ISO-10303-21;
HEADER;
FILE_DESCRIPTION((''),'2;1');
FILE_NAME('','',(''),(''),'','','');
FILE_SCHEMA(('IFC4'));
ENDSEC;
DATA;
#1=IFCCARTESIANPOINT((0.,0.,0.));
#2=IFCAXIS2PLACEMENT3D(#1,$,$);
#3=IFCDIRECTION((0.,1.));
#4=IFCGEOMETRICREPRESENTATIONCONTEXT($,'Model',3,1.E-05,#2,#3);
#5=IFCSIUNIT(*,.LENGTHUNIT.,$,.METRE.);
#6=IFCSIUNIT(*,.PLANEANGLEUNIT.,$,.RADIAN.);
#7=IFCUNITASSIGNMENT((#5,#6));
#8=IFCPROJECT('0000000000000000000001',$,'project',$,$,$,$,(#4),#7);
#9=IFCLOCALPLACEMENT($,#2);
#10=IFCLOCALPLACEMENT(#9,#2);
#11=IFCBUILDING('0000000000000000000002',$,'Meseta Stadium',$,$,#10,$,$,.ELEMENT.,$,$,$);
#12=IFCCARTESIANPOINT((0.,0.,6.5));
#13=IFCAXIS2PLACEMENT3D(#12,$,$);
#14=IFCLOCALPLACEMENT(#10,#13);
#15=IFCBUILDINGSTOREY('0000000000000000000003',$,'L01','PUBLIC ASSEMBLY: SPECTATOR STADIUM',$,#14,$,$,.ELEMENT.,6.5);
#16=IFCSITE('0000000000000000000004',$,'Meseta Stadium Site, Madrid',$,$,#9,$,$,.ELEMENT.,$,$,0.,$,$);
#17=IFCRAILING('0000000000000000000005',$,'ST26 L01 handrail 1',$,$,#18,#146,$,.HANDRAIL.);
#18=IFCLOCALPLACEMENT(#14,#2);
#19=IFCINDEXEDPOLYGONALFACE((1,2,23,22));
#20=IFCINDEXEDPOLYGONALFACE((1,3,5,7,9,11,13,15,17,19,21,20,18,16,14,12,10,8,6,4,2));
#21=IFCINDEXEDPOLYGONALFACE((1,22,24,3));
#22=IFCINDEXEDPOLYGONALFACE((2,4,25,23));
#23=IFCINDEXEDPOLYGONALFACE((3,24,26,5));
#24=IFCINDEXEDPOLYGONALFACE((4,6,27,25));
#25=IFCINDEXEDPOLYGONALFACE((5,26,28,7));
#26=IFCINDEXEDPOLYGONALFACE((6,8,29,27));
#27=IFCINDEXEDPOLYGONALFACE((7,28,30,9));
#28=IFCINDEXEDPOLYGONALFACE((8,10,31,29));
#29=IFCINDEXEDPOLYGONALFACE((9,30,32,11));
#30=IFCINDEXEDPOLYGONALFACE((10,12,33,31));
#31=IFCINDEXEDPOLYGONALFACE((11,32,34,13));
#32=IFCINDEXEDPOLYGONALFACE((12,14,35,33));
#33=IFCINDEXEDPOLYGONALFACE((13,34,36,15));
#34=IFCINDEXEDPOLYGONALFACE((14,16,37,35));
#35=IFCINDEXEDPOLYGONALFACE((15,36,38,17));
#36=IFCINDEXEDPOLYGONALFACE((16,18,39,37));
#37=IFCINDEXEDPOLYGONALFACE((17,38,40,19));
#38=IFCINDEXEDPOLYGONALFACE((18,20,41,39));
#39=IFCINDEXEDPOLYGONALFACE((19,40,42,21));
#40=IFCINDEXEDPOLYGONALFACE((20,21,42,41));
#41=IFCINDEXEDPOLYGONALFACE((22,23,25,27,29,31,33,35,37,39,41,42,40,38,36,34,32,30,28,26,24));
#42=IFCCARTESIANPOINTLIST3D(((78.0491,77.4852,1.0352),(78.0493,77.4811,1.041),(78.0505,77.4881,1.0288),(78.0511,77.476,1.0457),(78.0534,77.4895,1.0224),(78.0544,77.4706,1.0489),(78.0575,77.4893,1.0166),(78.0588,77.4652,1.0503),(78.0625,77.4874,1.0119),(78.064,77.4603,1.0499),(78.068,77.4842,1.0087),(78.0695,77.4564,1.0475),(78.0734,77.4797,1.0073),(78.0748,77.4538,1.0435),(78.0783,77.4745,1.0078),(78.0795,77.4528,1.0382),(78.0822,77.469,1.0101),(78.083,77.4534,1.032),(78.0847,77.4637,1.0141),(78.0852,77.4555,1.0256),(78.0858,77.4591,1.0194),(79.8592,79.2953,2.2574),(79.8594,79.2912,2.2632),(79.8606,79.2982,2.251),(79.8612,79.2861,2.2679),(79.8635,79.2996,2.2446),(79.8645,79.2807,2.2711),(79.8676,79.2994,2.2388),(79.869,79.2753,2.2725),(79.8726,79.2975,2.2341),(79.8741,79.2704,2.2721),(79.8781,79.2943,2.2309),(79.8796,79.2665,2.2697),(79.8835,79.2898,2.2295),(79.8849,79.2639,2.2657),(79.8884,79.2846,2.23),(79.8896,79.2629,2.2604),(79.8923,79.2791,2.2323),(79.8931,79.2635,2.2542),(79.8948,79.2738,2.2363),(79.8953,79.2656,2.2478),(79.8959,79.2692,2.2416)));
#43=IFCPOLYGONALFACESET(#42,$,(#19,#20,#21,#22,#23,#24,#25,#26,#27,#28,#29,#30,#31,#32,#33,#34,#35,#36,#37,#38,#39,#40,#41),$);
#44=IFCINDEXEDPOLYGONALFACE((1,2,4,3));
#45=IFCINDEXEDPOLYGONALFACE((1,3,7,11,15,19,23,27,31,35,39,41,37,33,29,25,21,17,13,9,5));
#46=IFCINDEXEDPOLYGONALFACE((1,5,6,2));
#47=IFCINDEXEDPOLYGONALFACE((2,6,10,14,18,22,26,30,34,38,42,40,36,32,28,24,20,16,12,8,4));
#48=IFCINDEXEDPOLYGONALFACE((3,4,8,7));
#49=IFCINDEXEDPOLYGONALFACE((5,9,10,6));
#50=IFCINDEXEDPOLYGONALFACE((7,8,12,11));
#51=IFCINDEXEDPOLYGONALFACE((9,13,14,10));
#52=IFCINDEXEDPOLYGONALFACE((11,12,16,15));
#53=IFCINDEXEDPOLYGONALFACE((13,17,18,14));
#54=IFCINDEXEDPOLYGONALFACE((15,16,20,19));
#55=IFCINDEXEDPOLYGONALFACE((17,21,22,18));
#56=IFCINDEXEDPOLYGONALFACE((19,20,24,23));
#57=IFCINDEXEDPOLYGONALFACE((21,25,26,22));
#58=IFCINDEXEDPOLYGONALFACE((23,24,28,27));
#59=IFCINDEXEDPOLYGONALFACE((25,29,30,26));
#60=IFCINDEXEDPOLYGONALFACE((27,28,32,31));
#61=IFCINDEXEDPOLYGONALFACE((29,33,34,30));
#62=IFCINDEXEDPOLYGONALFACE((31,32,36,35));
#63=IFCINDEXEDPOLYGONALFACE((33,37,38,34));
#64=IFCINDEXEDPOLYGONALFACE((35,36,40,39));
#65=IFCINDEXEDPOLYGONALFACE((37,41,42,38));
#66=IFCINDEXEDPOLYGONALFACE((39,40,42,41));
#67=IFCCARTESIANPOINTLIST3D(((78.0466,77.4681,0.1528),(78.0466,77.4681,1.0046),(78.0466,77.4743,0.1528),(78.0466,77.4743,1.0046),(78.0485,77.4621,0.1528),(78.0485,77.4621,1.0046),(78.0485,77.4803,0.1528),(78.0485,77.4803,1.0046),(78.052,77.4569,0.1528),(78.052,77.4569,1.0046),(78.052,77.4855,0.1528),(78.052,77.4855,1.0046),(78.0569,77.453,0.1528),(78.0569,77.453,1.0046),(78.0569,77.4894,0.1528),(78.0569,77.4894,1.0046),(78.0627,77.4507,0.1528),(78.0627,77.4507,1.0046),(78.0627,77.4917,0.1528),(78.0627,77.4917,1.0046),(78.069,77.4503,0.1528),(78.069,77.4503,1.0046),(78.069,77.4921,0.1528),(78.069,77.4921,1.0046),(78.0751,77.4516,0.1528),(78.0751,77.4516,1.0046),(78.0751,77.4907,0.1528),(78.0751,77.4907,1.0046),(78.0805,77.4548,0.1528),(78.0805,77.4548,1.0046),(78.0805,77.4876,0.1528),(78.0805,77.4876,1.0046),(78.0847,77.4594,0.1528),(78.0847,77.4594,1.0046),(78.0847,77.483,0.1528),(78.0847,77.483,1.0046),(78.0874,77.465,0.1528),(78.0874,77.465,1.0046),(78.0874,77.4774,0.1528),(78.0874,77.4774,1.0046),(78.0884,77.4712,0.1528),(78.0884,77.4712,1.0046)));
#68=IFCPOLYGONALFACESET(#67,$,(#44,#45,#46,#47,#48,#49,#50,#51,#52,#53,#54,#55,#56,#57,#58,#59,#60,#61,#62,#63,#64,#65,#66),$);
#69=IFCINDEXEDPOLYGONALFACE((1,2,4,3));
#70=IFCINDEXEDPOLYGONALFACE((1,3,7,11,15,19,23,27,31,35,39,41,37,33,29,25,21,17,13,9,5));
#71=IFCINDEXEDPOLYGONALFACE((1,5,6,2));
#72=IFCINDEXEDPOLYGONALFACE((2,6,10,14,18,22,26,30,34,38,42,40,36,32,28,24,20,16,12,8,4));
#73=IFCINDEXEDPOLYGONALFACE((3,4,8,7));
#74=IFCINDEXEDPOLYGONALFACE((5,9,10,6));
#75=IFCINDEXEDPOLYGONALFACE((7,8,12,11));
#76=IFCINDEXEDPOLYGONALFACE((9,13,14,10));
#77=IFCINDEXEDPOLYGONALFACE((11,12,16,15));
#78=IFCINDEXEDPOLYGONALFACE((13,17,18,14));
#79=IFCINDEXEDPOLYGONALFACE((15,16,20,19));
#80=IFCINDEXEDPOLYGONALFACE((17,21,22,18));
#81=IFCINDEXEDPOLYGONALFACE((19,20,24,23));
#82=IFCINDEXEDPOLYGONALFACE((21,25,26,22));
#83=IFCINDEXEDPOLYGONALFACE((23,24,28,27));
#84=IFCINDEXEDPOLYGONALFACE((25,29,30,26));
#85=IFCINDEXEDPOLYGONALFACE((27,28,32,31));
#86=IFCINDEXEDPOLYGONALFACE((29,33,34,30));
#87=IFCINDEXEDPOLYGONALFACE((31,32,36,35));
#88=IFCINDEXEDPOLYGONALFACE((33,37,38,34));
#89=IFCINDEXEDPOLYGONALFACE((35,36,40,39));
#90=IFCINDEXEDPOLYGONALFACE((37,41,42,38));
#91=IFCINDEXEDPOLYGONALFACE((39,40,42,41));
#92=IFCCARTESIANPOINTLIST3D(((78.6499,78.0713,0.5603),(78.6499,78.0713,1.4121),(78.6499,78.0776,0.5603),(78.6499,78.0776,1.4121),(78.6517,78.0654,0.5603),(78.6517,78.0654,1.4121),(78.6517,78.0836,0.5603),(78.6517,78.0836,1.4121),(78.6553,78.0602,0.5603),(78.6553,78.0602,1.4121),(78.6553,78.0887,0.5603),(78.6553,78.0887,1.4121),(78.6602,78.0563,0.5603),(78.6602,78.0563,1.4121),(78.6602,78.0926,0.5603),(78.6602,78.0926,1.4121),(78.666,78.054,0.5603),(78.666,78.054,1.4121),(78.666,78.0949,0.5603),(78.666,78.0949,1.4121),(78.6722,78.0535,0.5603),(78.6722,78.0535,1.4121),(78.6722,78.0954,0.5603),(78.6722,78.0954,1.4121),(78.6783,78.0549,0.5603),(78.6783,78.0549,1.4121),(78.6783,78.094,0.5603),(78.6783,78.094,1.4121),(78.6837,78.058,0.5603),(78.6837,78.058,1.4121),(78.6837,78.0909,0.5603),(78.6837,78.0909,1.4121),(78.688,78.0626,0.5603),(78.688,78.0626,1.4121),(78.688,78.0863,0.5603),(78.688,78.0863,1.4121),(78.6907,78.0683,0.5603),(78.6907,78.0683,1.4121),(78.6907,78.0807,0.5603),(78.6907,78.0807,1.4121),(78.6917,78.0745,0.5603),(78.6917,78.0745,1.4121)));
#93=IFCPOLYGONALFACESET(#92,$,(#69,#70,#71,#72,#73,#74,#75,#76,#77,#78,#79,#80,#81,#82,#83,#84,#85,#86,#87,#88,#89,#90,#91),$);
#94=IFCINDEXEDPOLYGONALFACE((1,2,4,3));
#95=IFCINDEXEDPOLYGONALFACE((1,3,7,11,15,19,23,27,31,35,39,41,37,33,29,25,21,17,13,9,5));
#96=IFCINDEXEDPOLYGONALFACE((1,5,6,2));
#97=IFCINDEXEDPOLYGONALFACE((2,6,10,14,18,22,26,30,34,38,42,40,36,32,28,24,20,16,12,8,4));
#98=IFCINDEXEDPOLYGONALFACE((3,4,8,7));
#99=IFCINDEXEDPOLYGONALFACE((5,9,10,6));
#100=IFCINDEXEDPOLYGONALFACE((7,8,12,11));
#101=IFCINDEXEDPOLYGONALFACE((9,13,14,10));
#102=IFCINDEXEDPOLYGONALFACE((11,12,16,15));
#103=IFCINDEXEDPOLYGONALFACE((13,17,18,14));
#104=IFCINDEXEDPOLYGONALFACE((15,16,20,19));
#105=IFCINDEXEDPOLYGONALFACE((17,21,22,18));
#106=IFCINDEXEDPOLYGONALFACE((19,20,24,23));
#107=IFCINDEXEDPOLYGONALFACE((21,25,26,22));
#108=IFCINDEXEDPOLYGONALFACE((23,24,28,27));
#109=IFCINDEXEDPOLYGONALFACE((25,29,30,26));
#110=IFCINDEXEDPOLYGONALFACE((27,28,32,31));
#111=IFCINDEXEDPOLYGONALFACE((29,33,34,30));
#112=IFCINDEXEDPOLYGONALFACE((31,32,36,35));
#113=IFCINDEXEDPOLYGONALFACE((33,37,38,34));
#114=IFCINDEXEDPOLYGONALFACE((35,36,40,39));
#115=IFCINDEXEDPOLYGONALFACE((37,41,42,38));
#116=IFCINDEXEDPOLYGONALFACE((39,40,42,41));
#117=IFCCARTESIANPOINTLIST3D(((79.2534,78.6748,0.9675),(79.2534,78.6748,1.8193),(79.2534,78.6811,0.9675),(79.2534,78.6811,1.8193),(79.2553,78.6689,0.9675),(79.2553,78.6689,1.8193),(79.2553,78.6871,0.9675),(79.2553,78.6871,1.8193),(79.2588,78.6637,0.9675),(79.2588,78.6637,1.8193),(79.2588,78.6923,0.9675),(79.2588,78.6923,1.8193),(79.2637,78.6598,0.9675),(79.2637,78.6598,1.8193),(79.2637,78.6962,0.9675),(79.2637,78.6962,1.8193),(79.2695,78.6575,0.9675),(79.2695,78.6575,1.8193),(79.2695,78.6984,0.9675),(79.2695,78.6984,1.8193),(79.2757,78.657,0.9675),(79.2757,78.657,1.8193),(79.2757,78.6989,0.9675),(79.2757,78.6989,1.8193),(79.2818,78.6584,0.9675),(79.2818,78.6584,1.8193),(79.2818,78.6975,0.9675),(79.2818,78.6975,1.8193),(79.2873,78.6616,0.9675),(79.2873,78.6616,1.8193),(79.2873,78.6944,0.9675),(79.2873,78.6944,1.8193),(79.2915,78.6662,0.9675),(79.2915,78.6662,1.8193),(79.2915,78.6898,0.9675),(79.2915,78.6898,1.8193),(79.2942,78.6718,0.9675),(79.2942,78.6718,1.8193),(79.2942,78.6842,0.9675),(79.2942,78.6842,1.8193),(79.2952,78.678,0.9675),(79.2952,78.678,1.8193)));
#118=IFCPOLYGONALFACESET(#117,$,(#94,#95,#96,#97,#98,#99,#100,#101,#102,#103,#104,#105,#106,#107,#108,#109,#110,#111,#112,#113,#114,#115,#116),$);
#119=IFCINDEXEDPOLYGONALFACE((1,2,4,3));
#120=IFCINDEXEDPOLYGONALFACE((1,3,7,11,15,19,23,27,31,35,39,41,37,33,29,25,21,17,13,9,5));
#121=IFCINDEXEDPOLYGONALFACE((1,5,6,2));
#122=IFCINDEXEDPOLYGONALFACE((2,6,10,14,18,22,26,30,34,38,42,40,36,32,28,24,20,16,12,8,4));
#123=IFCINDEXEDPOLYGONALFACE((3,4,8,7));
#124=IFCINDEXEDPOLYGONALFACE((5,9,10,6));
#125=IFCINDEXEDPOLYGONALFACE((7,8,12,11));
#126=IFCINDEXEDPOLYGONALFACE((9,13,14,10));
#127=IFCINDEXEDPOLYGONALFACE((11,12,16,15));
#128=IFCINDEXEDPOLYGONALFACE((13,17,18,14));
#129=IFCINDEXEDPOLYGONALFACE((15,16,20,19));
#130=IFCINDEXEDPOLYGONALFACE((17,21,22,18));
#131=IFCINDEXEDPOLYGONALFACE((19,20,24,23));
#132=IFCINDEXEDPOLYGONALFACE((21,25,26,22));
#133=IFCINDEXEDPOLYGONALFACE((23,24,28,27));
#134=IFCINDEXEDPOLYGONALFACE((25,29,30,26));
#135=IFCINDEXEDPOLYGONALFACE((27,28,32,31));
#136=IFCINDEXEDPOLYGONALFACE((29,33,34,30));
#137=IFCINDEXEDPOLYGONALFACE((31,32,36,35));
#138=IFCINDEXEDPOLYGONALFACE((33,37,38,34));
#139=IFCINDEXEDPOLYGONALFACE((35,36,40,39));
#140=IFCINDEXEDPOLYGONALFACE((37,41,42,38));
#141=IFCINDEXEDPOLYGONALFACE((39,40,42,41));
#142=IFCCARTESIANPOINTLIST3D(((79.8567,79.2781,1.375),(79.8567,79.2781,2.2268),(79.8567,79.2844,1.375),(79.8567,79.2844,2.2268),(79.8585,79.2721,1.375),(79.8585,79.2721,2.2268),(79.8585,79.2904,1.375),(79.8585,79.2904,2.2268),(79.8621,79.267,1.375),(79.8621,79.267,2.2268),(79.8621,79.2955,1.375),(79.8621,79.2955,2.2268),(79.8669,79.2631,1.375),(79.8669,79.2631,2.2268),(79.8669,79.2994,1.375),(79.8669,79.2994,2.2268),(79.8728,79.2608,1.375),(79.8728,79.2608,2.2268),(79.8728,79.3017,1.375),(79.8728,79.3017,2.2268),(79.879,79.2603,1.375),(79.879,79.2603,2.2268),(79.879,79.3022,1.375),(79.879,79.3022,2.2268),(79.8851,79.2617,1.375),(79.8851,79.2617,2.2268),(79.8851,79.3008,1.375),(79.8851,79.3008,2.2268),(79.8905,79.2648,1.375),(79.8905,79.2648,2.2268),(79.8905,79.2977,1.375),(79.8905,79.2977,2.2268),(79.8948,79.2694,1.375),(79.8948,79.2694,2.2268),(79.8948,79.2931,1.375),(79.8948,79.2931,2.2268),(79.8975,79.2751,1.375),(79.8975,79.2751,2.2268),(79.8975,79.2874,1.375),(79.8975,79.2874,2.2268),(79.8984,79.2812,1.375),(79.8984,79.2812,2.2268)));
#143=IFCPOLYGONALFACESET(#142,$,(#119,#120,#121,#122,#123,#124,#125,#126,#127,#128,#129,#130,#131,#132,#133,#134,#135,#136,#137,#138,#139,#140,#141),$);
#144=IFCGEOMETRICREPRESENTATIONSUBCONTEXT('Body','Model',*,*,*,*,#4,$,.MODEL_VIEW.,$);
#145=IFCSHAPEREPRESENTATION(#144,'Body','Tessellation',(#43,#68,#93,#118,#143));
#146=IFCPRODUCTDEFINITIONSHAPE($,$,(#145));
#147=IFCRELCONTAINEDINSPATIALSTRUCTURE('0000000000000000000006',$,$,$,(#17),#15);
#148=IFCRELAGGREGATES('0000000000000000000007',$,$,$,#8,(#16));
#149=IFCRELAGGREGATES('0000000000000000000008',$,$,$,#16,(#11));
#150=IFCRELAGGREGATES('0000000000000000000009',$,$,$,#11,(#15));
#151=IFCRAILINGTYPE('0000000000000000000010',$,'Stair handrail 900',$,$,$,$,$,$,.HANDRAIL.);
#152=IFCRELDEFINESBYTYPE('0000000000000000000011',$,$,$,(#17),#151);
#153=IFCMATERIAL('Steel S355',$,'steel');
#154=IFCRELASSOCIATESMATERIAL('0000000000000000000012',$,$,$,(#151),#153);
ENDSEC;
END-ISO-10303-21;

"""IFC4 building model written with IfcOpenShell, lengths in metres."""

from ifc_helpers import new_model, si_unit, direction, frame, origin, origin_2d, place, context, subcontext, project, spatial, circle, extrude, material, type_object, element, save


model = new_model("IFC4")

# Units and contexts
model_context = context("Model", 3, precision=1e-05, world=origin(), true_north=direction((0.0, 1.0)))
body_context = subcontext(model_context, "Body", "Model", "MODEL_VIEW")
ifc_project = project(units=[si_unit("LENGTHUNIT", "METRE"), si_unit("PLANEANGLEUNIT", "RADIAN")], contexts=[model_context])

# Site, building, storey
site_placement = place(None, origin())
site = spatial("IfcSite", under=ifc_project, at=site_placement, Name="Meseta Stadium Site, Madrid", CompositionType="ELEMENT", RefElevation=0.0)
building_placement = place(site_placement, origin())
building = spatial("IfcBuilding", under=site, at=building_placement, Name="Meseta Stadium", CompositionType="ELEMENT")
storey_placement = place(building_placement, frame((0.0, 0.0, 6.5)))
storey = spatial("IfcBuildingStorey", under=building, at=storey_placement, Name="L01", Description="PUBLIC ASSEMBLY: SPECTATOR STADIUM", CompositionType="ELEMENT", Elevation=6.5)

# Railing
ifc_material_1 = material(Name="Steel S355", Category="steel")
railing_type_1 = type_object("IfcRailingType", Name="Stair handrail 900", PredefinedType="HANDRAIL", material=ifc_material_1)
railing_1_placement = place(storey_placement, frame((78.0674, 77.4712, 0.1528)))
element("IfcRailing", 1, at=railing_1_placement, inside=storey, type_object=railing_type_1, Name="ST26 L01 handrail 1", PredefinedType="HANDRAIL", context=body_context, shape_type="SweptSolid", body=[
    extrude(circle(Radius=0.0239, at=origin_2d()), frame((0.0, 0.0, 0.876), z_axis=(0.638108, 0.638108, 0.430856), x_axis=(-0.707107, 0.707107, 0.0)), (0.0, 0.0, 1.0), 2.8367),
    extrude(circle(Radius=0.021, at=origin_2d()), origin(), (0.0, 0.0, 1.0), 0.8518),
    extrude(circle(Radius=0.021, at=origin_2d()), frame((0.6033, 0.6033, 0.4075)), (0.0, 0.0, 1.0), 0.8518),
    extrude(circle(Radius=0.021, at=origin_2d()), frame((1.2068, 1.2068, 0.8147)), (0.0, 0.0, 1.0), 0.8518),
    extrude(circle(Radius=0.021, at=origin_2d()), frame((1.8101, 1.8101, 1.2222)), (0.0, 0.0, 1.0), 0.8518),
])

save(model, "model.ifc")
